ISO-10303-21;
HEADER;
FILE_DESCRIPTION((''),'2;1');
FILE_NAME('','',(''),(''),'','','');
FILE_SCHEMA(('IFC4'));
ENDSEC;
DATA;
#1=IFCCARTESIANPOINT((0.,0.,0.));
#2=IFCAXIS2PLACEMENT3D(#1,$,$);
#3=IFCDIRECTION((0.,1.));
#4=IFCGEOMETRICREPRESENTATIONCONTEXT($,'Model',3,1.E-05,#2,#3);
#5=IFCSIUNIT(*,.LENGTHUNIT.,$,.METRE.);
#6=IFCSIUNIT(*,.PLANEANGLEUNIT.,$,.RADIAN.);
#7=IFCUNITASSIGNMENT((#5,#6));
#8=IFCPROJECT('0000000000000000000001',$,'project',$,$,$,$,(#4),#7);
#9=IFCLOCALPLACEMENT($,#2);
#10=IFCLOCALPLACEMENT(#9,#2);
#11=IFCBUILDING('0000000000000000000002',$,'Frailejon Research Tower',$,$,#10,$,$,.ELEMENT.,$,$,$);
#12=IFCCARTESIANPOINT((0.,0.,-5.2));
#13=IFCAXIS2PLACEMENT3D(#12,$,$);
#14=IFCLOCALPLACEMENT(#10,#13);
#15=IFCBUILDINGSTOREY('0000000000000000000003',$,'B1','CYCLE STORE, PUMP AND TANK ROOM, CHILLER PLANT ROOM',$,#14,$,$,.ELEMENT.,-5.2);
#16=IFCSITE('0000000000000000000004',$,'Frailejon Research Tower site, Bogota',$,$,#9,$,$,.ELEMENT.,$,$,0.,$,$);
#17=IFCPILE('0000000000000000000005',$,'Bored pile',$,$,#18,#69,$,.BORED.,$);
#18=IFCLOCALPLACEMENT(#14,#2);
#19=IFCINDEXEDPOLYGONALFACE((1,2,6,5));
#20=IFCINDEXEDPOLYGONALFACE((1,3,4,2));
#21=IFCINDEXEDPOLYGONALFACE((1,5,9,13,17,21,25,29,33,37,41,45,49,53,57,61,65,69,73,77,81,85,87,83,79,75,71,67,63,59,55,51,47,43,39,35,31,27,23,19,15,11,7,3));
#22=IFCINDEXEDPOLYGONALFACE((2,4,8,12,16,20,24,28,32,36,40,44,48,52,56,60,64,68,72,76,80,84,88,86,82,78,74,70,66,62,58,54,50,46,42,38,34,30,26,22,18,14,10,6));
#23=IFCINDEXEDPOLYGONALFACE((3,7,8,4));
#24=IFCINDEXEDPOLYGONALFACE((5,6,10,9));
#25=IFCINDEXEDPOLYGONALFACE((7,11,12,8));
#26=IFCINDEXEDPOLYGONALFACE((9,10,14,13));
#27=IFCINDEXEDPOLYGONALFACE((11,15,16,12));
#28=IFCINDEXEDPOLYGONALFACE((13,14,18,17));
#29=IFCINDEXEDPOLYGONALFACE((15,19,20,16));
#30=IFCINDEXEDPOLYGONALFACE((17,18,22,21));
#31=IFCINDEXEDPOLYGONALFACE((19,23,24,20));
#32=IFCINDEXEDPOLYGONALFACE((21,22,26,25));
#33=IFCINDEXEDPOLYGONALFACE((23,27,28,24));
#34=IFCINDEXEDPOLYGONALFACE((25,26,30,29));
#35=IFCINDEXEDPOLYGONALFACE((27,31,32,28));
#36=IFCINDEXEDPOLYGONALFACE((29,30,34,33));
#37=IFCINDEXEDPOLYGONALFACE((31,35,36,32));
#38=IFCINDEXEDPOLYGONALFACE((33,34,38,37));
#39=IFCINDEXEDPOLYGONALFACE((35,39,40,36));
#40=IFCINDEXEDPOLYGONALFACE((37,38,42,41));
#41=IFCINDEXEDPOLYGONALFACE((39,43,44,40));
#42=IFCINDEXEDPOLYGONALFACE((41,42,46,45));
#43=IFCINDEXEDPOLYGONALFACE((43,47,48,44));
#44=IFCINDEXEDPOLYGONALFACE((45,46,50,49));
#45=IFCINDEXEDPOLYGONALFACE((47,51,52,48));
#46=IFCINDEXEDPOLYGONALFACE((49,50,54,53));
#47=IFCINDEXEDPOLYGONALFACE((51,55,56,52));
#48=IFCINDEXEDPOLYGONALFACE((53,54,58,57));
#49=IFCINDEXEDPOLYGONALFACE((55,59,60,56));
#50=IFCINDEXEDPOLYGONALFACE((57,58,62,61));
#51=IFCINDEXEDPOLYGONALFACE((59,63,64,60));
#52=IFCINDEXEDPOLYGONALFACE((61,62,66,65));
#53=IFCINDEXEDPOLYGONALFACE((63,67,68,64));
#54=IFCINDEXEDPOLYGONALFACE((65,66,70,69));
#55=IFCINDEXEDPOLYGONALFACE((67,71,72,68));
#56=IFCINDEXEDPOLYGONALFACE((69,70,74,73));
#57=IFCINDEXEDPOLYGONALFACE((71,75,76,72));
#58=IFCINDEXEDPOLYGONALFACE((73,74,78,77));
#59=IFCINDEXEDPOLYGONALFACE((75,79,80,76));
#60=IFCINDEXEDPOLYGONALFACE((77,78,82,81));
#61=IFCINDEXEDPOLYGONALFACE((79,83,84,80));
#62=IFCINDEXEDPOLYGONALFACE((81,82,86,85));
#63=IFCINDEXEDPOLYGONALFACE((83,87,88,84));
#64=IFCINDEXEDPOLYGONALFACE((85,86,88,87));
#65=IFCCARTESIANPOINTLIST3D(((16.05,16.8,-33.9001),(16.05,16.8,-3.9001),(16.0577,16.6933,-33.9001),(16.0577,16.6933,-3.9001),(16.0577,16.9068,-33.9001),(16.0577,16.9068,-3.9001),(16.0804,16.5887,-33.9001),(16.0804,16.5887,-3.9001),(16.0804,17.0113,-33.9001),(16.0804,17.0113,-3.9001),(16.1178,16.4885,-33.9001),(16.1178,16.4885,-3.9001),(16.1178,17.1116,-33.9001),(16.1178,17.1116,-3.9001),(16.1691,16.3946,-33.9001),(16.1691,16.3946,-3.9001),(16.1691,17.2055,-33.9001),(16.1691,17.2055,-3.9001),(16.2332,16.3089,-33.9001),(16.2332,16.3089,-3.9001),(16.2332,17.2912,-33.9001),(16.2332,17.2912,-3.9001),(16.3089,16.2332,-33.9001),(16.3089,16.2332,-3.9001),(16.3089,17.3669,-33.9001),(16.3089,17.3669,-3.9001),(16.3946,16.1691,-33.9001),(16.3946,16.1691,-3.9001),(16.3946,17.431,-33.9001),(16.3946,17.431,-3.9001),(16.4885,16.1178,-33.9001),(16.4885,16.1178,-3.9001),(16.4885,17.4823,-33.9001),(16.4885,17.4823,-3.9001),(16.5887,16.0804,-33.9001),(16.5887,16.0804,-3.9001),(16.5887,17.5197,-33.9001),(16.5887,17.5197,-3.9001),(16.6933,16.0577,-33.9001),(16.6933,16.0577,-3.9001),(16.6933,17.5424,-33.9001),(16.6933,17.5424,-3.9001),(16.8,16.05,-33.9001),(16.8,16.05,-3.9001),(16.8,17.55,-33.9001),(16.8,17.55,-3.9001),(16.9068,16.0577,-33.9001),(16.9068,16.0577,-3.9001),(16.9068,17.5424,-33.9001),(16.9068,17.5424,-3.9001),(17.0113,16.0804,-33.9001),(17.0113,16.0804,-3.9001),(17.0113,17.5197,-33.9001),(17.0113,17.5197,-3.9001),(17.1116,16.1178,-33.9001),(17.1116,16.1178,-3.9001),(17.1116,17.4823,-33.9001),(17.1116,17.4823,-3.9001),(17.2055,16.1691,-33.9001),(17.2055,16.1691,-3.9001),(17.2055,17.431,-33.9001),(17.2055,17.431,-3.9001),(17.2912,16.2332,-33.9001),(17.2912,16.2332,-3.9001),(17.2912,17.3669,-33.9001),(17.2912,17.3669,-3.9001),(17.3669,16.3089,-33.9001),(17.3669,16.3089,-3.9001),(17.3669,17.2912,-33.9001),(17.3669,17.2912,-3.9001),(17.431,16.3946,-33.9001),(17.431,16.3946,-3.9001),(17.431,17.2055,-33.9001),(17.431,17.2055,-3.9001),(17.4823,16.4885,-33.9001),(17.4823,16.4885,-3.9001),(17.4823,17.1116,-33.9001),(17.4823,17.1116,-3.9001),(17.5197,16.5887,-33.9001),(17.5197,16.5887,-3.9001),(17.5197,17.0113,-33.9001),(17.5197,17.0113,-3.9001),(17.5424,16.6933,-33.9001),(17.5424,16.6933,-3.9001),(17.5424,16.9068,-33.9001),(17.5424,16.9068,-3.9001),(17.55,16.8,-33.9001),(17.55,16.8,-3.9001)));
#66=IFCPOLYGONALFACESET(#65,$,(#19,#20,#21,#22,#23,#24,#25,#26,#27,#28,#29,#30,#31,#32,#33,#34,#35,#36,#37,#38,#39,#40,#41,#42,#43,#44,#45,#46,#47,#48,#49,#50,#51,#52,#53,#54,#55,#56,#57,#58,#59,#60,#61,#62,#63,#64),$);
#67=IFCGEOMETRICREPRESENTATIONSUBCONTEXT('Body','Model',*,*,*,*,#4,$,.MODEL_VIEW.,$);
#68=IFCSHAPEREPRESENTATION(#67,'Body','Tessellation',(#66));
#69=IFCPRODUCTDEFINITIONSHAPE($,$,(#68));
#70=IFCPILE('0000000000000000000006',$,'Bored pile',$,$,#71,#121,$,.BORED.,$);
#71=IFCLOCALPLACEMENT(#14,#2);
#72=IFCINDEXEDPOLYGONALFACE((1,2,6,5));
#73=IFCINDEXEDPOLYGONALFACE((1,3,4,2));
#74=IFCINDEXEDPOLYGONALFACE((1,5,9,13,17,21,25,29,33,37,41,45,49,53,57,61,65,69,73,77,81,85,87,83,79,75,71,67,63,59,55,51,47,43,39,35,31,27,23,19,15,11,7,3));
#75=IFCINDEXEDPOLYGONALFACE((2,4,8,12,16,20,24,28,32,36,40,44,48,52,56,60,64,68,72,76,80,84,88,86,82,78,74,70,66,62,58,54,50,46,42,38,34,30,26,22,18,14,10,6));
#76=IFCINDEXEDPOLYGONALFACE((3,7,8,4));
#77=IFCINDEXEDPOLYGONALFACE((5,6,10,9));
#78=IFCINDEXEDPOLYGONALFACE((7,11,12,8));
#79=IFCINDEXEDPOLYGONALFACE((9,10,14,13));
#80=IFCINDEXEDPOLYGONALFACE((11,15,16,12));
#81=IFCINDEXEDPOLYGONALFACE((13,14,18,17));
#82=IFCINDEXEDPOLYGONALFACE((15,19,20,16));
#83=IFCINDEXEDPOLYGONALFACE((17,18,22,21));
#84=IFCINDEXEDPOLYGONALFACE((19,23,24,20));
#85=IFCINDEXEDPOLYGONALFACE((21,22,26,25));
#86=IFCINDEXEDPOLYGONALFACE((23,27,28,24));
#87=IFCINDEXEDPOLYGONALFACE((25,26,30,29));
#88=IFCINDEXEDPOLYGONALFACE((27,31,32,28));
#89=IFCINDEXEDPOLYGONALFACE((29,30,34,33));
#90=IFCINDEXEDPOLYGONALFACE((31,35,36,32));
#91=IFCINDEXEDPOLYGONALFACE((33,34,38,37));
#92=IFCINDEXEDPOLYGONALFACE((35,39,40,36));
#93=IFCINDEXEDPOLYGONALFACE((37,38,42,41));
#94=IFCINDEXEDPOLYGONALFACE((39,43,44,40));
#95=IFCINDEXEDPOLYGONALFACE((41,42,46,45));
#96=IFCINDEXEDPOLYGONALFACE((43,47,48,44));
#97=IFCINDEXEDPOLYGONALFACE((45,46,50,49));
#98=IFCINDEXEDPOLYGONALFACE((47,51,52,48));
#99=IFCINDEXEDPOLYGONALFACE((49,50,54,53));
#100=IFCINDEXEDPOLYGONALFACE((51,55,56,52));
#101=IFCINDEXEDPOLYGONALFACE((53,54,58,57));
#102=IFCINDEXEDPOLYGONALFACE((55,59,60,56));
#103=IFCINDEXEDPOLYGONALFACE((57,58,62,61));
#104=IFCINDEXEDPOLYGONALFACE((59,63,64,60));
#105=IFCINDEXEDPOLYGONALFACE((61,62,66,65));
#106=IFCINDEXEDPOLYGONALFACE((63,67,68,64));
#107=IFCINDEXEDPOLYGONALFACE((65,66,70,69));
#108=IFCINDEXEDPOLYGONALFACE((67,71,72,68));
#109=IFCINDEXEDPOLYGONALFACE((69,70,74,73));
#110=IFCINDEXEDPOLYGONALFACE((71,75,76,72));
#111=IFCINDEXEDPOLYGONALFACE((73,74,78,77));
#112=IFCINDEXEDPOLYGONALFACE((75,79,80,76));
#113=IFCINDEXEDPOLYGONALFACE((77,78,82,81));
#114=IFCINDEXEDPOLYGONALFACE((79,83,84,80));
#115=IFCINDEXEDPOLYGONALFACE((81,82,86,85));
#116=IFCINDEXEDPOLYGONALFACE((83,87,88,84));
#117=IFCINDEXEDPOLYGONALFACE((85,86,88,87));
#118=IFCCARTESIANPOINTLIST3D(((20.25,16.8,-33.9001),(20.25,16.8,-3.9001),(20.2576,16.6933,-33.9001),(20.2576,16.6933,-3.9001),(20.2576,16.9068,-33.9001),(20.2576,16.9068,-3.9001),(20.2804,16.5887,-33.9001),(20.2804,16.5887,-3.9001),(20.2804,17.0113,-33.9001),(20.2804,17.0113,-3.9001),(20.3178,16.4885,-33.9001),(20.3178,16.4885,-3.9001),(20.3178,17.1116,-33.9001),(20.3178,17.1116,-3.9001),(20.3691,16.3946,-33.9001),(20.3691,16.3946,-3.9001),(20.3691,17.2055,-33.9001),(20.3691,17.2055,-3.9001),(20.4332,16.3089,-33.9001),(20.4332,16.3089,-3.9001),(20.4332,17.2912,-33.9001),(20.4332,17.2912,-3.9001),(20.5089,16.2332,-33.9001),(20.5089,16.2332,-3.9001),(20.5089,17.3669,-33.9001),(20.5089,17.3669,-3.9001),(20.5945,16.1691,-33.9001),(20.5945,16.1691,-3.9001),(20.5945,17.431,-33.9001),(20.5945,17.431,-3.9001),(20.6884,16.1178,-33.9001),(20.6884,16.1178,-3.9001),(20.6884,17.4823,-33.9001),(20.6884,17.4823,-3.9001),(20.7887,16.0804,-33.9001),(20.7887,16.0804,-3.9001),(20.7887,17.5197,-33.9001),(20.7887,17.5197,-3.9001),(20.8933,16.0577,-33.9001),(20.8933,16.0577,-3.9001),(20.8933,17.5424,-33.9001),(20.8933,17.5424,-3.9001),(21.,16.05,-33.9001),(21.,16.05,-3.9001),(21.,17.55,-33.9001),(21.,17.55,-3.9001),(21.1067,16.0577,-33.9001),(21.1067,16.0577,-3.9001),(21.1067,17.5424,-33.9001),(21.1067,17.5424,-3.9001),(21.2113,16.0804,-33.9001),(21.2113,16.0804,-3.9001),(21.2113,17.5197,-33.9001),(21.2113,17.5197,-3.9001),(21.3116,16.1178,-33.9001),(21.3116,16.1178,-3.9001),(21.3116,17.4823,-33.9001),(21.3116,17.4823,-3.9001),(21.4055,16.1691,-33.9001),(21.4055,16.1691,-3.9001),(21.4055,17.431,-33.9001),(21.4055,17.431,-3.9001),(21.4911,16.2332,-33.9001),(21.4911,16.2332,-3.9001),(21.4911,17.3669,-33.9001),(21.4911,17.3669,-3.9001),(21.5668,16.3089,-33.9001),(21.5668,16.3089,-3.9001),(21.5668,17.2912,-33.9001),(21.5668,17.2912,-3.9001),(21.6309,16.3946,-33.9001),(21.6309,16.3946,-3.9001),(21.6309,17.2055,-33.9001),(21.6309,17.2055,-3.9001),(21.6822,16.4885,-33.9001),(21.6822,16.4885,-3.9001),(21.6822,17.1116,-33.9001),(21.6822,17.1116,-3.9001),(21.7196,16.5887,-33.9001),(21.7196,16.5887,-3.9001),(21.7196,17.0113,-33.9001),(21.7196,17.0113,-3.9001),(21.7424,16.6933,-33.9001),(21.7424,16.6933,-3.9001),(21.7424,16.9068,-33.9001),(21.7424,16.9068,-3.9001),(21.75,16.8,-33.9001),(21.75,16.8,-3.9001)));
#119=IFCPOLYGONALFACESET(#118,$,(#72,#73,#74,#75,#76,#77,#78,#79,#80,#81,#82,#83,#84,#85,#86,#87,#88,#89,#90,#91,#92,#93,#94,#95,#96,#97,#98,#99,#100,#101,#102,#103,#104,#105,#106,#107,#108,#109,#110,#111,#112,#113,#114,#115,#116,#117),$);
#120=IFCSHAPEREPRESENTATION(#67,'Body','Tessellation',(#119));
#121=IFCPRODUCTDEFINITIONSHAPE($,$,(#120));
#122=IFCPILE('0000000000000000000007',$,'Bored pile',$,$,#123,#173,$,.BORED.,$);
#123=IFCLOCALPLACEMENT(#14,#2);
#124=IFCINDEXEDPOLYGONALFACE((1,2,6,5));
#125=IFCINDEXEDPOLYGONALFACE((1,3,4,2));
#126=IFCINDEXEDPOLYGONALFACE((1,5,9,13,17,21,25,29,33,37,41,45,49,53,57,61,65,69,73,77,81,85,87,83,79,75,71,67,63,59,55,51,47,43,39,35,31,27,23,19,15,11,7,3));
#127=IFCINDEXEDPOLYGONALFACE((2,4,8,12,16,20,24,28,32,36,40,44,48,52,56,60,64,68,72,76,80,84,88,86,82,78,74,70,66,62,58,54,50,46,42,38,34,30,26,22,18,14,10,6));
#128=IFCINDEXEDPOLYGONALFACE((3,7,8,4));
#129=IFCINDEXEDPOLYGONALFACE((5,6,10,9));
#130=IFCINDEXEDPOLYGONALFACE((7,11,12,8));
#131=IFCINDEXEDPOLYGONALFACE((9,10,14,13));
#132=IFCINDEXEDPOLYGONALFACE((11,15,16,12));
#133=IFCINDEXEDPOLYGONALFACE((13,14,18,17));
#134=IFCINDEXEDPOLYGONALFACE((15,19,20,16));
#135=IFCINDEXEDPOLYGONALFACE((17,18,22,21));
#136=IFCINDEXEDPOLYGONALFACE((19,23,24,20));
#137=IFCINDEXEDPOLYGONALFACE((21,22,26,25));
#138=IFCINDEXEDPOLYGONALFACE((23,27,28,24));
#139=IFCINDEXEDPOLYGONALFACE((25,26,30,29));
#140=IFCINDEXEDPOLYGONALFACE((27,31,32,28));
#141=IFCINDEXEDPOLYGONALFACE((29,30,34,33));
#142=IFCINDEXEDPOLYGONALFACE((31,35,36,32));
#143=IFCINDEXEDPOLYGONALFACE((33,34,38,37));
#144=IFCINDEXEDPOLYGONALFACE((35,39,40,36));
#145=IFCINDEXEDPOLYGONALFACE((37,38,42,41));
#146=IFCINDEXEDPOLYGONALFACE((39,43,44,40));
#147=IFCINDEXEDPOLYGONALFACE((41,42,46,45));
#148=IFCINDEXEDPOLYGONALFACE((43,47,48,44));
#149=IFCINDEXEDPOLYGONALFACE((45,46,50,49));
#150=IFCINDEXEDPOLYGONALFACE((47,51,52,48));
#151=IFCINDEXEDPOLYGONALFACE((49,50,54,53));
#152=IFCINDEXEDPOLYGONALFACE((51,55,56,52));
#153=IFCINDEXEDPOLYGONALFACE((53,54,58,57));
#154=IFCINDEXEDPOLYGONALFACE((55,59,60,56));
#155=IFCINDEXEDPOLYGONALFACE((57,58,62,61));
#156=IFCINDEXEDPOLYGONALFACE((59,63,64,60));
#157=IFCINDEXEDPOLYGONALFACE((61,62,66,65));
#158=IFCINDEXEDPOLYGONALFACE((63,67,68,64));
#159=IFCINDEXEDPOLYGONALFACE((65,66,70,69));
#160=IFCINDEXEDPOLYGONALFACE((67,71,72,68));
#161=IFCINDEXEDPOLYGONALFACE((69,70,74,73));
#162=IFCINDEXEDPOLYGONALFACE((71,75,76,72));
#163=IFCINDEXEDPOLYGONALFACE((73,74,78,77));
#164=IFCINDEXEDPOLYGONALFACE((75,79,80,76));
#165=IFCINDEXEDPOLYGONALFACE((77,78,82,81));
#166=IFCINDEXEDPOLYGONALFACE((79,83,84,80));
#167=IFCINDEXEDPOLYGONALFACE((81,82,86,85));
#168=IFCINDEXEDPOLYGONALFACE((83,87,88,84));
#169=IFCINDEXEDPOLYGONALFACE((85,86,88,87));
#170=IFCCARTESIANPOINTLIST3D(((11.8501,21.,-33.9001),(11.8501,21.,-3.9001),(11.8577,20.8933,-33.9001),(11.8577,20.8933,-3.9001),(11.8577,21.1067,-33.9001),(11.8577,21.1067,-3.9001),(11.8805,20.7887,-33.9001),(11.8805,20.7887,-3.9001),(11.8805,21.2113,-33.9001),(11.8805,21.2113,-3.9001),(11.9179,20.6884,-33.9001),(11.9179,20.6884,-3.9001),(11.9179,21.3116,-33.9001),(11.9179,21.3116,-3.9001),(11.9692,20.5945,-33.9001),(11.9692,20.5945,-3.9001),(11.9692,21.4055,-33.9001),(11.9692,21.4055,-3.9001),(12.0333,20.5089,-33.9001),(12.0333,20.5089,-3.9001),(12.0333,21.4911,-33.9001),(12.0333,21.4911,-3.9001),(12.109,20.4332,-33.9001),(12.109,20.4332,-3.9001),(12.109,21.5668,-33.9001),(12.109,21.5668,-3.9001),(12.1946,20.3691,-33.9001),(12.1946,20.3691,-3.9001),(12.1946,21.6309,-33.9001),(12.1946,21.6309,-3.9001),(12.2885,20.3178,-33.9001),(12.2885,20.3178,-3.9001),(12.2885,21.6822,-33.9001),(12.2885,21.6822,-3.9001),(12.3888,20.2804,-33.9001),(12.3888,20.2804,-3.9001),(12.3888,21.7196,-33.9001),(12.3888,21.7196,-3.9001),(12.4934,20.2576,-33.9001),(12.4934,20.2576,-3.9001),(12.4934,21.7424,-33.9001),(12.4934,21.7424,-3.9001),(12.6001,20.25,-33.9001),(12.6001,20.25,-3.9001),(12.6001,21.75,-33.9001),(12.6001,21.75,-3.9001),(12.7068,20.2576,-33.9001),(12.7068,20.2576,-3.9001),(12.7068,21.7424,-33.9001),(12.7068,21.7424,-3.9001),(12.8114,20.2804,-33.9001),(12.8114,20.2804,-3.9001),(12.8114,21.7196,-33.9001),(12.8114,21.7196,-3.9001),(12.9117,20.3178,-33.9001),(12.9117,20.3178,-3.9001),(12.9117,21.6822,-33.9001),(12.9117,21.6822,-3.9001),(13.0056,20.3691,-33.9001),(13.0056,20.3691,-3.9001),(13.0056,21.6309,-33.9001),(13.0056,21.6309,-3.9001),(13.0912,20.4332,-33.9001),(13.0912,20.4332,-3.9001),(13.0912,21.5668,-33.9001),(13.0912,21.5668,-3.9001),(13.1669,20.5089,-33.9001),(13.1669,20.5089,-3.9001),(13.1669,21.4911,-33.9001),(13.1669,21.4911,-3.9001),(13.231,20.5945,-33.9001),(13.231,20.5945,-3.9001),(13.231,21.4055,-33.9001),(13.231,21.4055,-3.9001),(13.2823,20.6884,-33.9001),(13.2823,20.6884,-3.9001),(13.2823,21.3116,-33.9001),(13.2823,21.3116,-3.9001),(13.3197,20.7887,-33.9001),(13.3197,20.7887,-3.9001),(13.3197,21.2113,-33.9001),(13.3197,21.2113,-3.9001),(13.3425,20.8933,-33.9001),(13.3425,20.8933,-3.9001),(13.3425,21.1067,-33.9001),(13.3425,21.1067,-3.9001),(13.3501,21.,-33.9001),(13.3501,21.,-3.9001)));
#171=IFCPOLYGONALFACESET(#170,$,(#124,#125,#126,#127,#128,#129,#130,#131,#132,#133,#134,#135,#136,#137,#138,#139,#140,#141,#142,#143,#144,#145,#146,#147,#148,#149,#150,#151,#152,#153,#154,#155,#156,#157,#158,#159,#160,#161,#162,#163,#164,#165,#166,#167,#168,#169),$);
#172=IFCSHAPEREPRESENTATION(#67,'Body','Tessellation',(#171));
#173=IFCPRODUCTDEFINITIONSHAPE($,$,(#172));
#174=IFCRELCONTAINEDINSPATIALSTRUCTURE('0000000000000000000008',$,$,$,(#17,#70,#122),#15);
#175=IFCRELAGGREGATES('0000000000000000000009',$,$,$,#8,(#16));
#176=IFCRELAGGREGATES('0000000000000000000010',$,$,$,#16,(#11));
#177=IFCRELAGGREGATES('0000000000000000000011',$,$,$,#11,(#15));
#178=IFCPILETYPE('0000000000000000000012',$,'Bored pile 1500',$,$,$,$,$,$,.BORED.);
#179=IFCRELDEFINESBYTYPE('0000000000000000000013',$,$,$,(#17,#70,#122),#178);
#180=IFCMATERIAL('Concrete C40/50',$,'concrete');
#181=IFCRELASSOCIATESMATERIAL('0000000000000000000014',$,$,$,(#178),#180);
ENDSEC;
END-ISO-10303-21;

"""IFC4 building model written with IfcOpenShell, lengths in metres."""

from ifc_helpers import new_model, si_unit, direction, frame, origin, origin_2d, place, context, subcontext, project, spatial, circle, extrude, material, material_profile, profile_set, type_object, element, save


model = new_model("IFC4")

# Units and contexts
model_context = context("Model", 3, precision=1e-05, world=origin(), true_north=direction((0.0, 1.0)))
body_context = subcontext(model_context, "Body", "Model", "MODEL_VIEW")
ifc_project = project(units=[si_unit("LENGTHUNIT", "METRE"), si_unit("PLANEANGLEUNIT", "RADIAN")], contexts=[model_context])

# Site, building, storey
site_placement = place(None, origin())
site = spatial("IfcSite", under=ifc_project, at=site_placement, Name="Frailejon Research Tower site, Bogota", CompositionType="ELEMENT", RefElevation=0.0)
building_placement = place(site_placement, origin())
building = spatial("IfcBuilding", under=site, at=building_placement, Name="Frailejon Research Tower", CompositionType="ELEMENT")
storey_placement = place(building_placement, frame((0.0, 0.0, -5.2)))
storey = spatial("IfcBuildingStorey", under=building, at=storey_placement, Name="B1", Description="CYCLE STORE, PUMP AND TANK ROOM, CHILLER PLANT ROOM", CompositionType="ELEMENT", Elevation=-5.2)

# Piles
ifc_material_1 = material(Name="Concrete C40/50", Category="concrete")
ifc_material_profile_1 = material_profile(ifc_material_1, circle(Radius=0.75, at=origin_2d()), Name="Bored pile 1500")
ifc_profile_set_1 = profile_set([ifc_material_profile_1], Name="Concrete C40/50")
pile_type = type_object("IfcPileType", Name="Bored pile 1500", PredefinedType="BORED", material=ifc_profile_set_1)
for number, where, z_axis, x_axis, name in (
    (1, (16.8, 16.8, -3.9001), (0.0, 0.0, -1.0), (1.0, 0.0, 0.0), "Bored pile"),
    (2, (21.0, 16.8, -3.9001), (0.0, 0.0, -1.0), (1.0, 0.0, 0.0), "Bored pile"),
    (3, (12.6001, 21.0, -3.9001), (0.0, 0.0, -1.0), (1.0, 0.0, 0.0), "Bored pile"),
):
    element("IfcPile", number, at=place(storey_placement, frame(where, z_axis=z_axis, x_axis=x_axis)), inside=storey, type_object=pile_type, Name=name, PredefinedType="BORED", context=body_context, shape_type="SweptSolid", body=[
        extrude(circle(Radius=0.75, at=origin_2d()), origin(), (0.0, 0.0, 1.0), 30.0),
    ])

save(model, "model.ifc")
